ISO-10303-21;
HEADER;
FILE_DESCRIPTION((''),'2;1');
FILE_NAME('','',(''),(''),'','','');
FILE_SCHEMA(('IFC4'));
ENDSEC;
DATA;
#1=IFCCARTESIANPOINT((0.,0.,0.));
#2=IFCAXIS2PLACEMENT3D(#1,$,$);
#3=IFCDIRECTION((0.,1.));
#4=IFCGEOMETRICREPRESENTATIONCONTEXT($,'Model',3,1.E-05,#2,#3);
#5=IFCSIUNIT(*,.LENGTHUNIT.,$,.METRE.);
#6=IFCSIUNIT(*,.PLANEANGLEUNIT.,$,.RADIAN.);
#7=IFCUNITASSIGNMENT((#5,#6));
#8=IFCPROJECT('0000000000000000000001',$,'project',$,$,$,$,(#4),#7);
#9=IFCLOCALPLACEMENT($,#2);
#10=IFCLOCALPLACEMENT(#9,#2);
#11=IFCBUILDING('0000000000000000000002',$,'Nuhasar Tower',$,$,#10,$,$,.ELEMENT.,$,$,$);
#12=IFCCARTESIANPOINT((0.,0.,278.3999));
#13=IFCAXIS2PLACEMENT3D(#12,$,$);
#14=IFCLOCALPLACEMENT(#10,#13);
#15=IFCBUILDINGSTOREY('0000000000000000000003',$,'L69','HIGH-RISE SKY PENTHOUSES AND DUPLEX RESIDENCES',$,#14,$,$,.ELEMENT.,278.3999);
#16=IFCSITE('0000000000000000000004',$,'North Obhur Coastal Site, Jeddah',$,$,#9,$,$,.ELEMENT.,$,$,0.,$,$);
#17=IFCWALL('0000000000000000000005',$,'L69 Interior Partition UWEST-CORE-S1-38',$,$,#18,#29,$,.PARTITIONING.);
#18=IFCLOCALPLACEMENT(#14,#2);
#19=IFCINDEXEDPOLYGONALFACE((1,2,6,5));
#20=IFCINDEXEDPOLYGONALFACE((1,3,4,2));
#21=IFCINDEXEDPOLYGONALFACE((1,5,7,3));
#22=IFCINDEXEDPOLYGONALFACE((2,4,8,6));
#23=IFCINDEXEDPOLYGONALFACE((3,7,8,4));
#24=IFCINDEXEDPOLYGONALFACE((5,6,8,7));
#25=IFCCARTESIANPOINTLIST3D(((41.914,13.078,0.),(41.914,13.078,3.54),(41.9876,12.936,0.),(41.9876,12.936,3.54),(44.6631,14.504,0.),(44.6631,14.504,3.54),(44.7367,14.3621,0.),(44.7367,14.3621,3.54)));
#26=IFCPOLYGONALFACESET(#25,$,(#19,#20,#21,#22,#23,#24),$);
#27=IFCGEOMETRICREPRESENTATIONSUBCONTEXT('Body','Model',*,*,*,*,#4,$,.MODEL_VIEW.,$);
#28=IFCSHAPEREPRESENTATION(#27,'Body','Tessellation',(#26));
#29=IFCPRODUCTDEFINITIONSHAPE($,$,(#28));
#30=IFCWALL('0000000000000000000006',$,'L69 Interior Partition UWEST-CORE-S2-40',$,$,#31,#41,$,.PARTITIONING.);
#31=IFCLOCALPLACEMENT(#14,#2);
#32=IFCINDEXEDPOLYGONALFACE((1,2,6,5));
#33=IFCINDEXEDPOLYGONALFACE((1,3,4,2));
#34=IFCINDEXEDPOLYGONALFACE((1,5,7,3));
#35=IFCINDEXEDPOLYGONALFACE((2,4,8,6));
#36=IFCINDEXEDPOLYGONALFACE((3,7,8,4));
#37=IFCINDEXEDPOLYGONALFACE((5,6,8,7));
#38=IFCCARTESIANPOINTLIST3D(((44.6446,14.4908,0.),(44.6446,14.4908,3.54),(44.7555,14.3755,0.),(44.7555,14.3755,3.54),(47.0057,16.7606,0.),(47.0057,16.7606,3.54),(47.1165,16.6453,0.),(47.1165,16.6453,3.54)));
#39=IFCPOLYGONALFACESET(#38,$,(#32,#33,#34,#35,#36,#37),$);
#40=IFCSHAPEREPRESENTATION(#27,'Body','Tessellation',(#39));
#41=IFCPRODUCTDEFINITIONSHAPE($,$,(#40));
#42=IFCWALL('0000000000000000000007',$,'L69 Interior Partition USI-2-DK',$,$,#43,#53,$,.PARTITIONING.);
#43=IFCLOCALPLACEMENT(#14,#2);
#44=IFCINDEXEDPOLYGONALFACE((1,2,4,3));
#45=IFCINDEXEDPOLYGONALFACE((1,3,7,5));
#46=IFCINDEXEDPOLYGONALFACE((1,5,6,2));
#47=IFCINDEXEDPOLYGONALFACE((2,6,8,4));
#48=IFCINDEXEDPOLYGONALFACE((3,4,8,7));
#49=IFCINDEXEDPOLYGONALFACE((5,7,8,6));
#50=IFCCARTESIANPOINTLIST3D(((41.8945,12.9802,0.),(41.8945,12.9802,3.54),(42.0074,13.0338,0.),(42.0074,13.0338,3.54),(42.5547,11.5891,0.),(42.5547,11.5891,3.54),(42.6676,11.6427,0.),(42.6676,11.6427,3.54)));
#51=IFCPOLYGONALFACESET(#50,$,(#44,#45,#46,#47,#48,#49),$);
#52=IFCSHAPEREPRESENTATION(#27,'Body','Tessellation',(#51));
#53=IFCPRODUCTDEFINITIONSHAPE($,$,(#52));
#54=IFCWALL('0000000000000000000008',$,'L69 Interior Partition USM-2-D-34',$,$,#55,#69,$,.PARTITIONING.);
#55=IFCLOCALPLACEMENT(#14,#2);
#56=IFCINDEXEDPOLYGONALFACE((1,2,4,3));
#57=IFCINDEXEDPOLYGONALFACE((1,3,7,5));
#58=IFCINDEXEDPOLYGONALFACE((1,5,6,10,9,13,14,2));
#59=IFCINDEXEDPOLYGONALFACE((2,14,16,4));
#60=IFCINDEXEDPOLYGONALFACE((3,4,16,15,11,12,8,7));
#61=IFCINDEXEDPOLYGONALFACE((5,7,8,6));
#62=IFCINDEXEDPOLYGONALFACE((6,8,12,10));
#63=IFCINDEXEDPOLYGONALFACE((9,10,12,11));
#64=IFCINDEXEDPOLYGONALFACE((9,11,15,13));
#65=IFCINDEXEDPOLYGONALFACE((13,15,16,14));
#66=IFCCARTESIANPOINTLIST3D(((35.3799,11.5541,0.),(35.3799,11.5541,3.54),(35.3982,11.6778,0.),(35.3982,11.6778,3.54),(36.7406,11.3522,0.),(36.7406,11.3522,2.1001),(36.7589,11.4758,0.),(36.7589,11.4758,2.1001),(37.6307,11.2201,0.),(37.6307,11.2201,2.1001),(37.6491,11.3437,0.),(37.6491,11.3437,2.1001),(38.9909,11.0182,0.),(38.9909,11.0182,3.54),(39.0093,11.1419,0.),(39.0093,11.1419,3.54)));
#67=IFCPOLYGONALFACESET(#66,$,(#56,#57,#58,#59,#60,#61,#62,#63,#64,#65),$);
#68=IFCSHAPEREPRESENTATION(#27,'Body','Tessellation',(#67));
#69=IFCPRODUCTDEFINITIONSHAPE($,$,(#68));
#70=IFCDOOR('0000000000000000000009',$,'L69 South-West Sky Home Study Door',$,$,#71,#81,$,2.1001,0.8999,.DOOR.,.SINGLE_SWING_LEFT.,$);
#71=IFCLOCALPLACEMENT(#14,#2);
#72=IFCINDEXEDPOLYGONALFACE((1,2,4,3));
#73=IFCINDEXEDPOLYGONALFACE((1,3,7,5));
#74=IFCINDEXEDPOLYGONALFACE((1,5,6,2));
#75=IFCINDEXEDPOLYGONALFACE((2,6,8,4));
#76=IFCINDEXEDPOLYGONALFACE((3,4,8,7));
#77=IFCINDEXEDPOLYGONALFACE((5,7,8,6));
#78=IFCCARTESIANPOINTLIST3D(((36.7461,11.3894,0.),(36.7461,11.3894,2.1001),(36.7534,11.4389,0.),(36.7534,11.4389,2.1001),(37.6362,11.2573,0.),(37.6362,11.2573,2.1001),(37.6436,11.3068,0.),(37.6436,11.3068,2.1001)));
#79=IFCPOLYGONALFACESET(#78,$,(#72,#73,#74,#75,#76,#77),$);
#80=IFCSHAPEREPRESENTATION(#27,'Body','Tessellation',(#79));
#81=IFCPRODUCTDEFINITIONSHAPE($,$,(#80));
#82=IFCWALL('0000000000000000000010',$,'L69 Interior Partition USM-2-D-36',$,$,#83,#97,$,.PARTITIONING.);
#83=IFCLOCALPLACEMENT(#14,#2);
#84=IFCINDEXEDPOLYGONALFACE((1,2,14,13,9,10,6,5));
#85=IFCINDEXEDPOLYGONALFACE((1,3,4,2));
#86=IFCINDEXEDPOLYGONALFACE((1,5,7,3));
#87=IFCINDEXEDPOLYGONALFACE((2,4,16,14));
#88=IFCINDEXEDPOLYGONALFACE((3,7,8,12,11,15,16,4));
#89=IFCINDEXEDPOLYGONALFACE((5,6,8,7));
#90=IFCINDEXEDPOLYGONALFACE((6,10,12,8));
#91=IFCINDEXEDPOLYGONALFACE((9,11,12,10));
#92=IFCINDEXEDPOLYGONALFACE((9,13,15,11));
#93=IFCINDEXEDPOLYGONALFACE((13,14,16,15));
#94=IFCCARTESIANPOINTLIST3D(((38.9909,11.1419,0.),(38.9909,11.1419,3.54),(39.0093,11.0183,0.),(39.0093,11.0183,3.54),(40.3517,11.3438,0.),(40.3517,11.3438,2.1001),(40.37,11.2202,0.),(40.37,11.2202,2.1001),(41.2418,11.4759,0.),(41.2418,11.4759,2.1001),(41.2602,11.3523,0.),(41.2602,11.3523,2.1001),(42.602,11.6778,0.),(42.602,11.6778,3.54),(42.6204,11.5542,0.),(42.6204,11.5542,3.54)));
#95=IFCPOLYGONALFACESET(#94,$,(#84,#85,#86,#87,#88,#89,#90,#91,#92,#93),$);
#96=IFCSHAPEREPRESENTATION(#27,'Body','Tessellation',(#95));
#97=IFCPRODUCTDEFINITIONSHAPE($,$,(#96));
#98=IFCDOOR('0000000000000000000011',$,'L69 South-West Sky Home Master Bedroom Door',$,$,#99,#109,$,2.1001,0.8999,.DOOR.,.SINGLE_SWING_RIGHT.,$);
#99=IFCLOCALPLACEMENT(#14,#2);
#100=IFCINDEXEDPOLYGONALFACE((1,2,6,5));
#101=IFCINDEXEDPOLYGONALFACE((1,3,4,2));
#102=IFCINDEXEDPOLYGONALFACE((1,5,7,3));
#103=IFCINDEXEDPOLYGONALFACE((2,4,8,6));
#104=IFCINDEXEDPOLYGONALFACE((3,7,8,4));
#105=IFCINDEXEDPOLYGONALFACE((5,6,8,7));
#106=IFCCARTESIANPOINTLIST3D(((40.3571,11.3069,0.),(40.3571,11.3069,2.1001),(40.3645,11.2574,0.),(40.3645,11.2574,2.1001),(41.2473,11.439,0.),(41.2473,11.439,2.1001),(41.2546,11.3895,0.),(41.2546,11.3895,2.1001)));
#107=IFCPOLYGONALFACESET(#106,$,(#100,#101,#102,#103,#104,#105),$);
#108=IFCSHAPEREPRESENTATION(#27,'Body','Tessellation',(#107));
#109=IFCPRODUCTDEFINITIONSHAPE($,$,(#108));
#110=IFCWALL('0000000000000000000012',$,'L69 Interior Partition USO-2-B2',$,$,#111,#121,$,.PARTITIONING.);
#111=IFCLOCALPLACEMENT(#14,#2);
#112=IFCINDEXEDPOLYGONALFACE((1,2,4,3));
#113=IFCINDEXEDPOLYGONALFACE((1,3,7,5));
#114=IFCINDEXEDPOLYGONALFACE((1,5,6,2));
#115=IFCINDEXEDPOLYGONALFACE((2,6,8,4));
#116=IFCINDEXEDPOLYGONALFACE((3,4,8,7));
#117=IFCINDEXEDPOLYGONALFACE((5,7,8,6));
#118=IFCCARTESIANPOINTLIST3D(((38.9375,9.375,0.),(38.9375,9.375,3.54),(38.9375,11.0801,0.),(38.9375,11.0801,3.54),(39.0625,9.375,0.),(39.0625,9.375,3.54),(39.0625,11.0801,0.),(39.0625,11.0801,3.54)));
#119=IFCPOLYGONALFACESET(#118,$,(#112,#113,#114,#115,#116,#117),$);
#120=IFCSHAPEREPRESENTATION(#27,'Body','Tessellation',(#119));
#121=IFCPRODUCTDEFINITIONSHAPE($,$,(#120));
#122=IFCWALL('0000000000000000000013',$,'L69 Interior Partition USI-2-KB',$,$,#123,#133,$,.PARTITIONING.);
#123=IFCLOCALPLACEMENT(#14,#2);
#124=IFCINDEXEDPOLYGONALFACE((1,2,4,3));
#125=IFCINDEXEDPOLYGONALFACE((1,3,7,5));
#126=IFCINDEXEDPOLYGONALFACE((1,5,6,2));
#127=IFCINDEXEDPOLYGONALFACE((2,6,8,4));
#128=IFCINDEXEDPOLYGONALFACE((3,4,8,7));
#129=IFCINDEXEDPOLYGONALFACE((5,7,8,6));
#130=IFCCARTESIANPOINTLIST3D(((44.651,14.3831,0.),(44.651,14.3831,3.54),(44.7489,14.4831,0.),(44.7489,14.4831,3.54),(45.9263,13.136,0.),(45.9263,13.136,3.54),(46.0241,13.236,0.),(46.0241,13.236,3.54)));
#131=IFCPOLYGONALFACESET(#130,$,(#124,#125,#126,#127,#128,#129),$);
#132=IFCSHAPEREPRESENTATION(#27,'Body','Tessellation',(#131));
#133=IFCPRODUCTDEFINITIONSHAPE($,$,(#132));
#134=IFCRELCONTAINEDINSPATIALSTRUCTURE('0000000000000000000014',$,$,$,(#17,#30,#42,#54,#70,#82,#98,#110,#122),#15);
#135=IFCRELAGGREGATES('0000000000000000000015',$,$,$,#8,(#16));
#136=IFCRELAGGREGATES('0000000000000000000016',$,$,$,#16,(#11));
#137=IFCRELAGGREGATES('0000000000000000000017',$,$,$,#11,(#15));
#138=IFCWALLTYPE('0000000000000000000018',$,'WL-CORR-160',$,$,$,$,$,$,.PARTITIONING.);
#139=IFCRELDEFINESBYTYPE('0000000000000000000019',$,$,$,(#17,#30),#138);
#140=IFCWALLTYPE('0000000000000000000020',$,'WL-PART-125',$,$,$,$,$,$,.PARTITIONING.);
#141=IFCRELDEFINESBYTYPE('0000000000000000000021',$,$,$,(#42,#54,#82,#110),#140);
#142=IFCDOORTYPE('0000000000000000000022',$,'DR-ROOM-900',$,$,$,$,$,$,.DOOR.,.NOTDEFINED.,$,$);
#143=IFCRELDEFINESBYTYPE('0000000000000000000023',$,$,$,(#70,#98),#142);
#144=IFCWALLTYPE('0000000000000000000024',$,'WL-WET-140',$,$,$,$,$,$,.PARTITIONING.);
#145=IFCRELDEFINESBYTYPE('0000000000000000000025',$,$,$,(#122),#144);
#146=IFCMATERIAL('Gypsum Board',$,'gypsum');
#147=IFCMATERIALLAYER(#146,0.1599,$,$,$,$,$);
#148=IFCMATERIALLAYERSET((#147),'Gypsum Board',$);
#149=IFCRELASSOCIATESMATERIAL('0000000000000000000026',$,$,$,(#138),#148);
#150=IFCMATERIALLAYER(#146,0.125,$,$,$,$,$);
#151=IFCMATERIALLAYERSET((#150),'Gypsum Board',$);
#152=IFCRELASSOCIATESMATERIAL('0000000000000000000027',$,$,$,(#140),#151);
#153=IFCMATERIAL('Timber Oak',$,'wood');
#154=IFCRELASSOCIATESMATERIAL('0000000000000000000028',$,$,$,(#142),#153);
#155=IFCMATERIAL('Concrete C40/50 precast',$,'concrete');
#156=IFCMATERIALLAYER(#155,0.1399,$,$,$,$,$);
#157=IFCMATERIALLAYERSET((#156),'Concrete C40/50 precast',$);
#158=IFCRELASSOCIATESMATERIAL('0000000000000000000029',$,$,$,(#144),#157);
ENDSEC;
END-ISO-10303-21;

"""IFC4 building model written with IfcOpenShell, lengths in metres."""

from ifc_helpers import new_model, si_unit, direction, frame, frame_2d, origin, place, context, subcontext, project, spatial, rectangle, extrude, material, layer, layer_set, type_object, element, fill, save


model = new_model("IFC4")

# Units and contexts
model_context = context("Model", 3, precision=1e-05, world=origin(), true_north=direction((0.0, 1.0)))
body_context = subcontext(model_context, "Body", "Model", "MODEL_VIEW")
ifc_project = project(units=[si_unit("LENGTHUNIT", "METRE"), si_unit("PLANEANGLEUNIT", "RADIAN")], contexts=[model_context])

# Site, building, storey
site_placement = place(None, origin())
site = spatial("IfcSite", under=ifc_project, at=site_placement, Name="North Obhur Coastal Site, Jeddah", CompositionType="ELEMENT", RefElevation=0.0)
building_placement = place(site_placement, origin())
building = spatial("IfcBuilding", under=site, at=building_placement, Name="Nuhasar Tower", CompositionType="ELEMENT")
storey_placement = place(building_placement, frame((0.0, 0.0, 278.3999)))
storey = spatial("IfcBuildingStorey", under=building, at=storey_placement, Name="L69", Description="HIGH-RISE SKY PENTHOUSES AND DUPLEX RESIDENCES", CompositionType="ELEMENT", Elevation=278.3999)

# Walls
ifc_material_1 = material(Name="Gypsum Board", Category="gypsum")
ifc_layer_1 = layer(ifc_material_1, 0.1599)
ifc_layer_set_1 = layer_set([ifc_layer_1], Name="Gypsum Board")
wall_type_1 = type_object("IfcWallType", Name="WL-CORR-160", PredefinedType="PARTITIONING", material=ifc_layer_set_1)
wall_1_placement = place(storey_placement, frame((41.9509, 13.0071, 0.0), z_axis=(0.0, 0.0, 1.0), x_axis=(0.887675, 0.460471, 0.0)))
element("IfcWall", 1, at=wall_1_placement, inside=storey, type_object=wall_type_1, Name="L69 Interior Partition UWEST-CORE-S1-38", PredefinedType="PARTITIONING", context=body_context, shape_type="SweptSolid", body=[
    extrude(rectangle(XDim=3.0969, YDim=0.1599, at=frame_2d((1.5483, 0.0))), origin(), (0.0, 0.0, 1.0), 3.54),
])
wall_2_placement = place(storey_placement, frame((44.7, 14.4331, 0.0), z_axis=(0.0, 0.0, 1.0), x_axis=(0.720909, 0.69303, 0.0)))
element("IfcWall", 2, at=wall_2_placement, inside=storey, type_object=wall_type_1, Name="L69 Interior Partition UWEST-CORE-S2-40", PredefinedType="PARTITIONING", context=body_context, shape_type="SweptSolid", body=[
    extrude(rectangle(XDim=3.2751, YDim=0.1599, at=frame_2d((1.6377, 0.0))), origin(), (0.0, 0.0, 1.0), 3.54),
])

# Wall
ifc_layer_2 = layer(ifc_material_1, 0.125)
ifc_layer_set_2 = layer_set([ifc_layer_2], Name="Gypsum Board")
wall_type_2 = type_object("IfcWallType", Name="WL-PART-125", PredefinedType="PARTITIONING", material=ifc_layer_set_2)
wall_3_placement = place(storey_placement, frame((41.9509, 13.0071, 0.0), z_axis=(0.0, 0.0, 1.0), x_axis=(0.428727, -0.903434, 0.0)))
element("IfcWall", 3, at=wall_3_placement, inside=storey, type_object=wall_type_2, Name="L69 Interior Partition USI-2-DK", PredefinedType="PARTITIONING", context=body_context, shape_type="SweptSolid", body=[
    extrude(rectangle(XDim=1.5398, YDim=0.125, at=frame_2d((0.77, 0.0))), origin(), (0.0, 0.0, 1.0), 3.54),
])

# Walls, openings, doors
wall_4_placement = place(storey_placement, frame((39.0, 11.0801, 0.0), z_axis=(0.0, 0.0, 1.0), x_axis=(-0.989167, 0.146793, 0.0)))
wall_4 = element("IfcWall", 4, at=wall_4_placement, inside=storey, type_object=wall_type_2, Name="L69 Interior Partition USM-2-D-34", PredefinedType="PARTITIONING", context=body_context, shape_type="SweptSolid", body=[
    extrude(rectangle(XDim=3.6506, YDim=0.125, at=frame_2d((1.8252, 0.0))), origin(), (0.0, 0.0, 1.0), 3.54),
])
opening_1_placement = place(wall_4_placement, frame((1.375, 0.0, 0.0)))
opening_1 = element("IfcOpeningElement", 5, at=opening_1_placement, cuts=wall_4, PredefinedType="OPENING", context=body_context, shape_type="SweptSolid", body=[
    extrude(rectangle(XDim=0.8999, YDim=2.1001, at=frame_2d((0.45, 1.05))), frame((0.0, 0.0725, 0.0), z_axis=(0.0, -1.0, 0.0), x_axis=(1.0, 0.0, 0.0)), (0.0, 0.0, 1.0), 0.145),
])
ifc_material_2 = material(Name="Timber Oak", Category="wood")
door_type_1 = type_object("IfcDoorType", Name="DR-ROOM-900", OperationType="NOTDEFINED", PredefinedType="DOOR", material=ifc_material_2)
door_1_placement = place(opening_1_placement, origin())
door_1 = element("IfcDoor", 6, at=door_1_placement, inside=storey, type_object=door_type_1, Name="L69 South-West Sky Home Study Door", OperationType="SINGLE_SWING_LEFT", OverallHeight=2.1001, OverallWidth=0.8999, PredefinedType="DOOR", context=body_context, shape_type="SweptSolid", body=[
    extrude(rectangle(XDim=0.8999, YDim=2.1001, at=frame_2d((0.45, 1.05))), frame((0.0, 0.0249, 0.0), z_axis=(0.0, -1.0, 0.0), x_axis=(1.0, 0.0, 0.0)), (0.0, 0.0, 1.0), 0.05),
])
fill(opening_1, door_1)
wall_5_placement = place(storey_placement, frame((42.6111, 11.616, 0.0), z_axis=(0.0, 0.0, 1.0), x_axis=(-0.989167, -0.146793, 0.0)))
wall_5 = element("IfcWall", 7, at=wall_5_placement, inside=storey, type_object=wall_type_2, Name="L69 Interior Partition USM-2-D-36", PredefinedType="PARTITIONING", context=body_context, shape_type="SweptSolid", body=[
    extrude(rectangle(XDim=3.6506, YDim=0.125, at=frame_2d((1.8252, 0.0))), origin(), (0.0, 0.0, 1.0), 3.54),
])
opening_2_placement = place(wall_5_placement, frame((1.375, 0.0, 0.0)))
opening_2 = element("IfcOpeningElement", 8, at=opening_2_placement, cuts=wall_5, PredefinedType="OPENING", context=body_context, shape_type="SweptSolid", body=[
    extrude(rectangle(XDim=0.8999, YDim=2.1001, at=frame_2d((0.45, 1.05))), frame((0.0, 0.0725, 0.0), z_axis=(0.0, -1.0, 0.0), x_axis=(1.0, 0.0, 0.0)), (0.0, 0.0, 1.0), 0.145),
])
door_2_placement = place(opening_2_placement, origin())
door_2 = element("IfcDoor", 9, at=door_2_placement, inside=storey, type_object=door_type_1, Name="L69 South-West Sky Home Master Bedroom Door", OperationType="SINGLE_SWING_RIGHT", OverallHeight=2.1001, OverallWidth=0.8999, PredefinedType="DOOR", context=body_context, shape_type="SweptSolid", body=[
    extrude(rectangle(XDim=0.8999, YDim=2.1001, at=frame_2d((0.45, 1.05))), frame((0.0, 0.0249, 0.0), z_axis=(0.0, -1.0, 0.0), x_axis=(1.0, 0.0, 0.0)), (0.0, 0.0, 1.0), 0.05),
])
fill(opening_2, door_2)

# Walls
wall_6_placement = place(storey_placement, frame((39.0, 11.0801, 0.0), z_axis=(0.0, 0.0, 1.0), x_axis=(0.0, -1.0, 0.0)))
element("IfcWall", 10, at=wall_6_placement, inside=storey, type_object=wall_type_2, Name="L69 Interior Partition USO-2-B2", PredefinedType="PARTITIONING", context=body_context, shape_type="SweptSolid", body=[
    extrude(rectangle(XDim=1.7051, YDim=0.125, at=frame_2d((0.8525, 0.0))), origin(), (0.0, 0.0, 1.0), 3.54),
])
ifc_material_3 = material(Name="Concrete C40/50 precast", Category="concrete")
ifc_layer_3 = layer(ifc_material_3, 0.1399)
ifc_layer_set_3 = layer_set([ifc_layer_3], Name="Concrete C40/50 precast")
wall_type_3 = type_object("IfcWallType", Name="WL-WET-140", PredefinedType="PARTITIONING", material=ifc_layer_set_3)
wall_7_placement = place(storey_placement, frame((44.7, 14.4331, 0.0), z_axis=(0.0, 0.0, 1.0), x_axis=(0.714934, -0.699192, 0.0)))
element("IfcWall", 11, at=wall_7_placement, inside=storey, type_object=wall_type_3, Name="L69 Interior Partition USI-2-KB", PredefinedType="PARTITIONING", context=body_context, shape_type="SweptSolid", body=[
    extrude(rectangle(XDim=1.7837, YDim=0.1399, at=frame_2d((0.8918, 0.0))), origin(), (0.0, 0.0, 1.0), 3.54),
])

save(model, "model.ifc")
